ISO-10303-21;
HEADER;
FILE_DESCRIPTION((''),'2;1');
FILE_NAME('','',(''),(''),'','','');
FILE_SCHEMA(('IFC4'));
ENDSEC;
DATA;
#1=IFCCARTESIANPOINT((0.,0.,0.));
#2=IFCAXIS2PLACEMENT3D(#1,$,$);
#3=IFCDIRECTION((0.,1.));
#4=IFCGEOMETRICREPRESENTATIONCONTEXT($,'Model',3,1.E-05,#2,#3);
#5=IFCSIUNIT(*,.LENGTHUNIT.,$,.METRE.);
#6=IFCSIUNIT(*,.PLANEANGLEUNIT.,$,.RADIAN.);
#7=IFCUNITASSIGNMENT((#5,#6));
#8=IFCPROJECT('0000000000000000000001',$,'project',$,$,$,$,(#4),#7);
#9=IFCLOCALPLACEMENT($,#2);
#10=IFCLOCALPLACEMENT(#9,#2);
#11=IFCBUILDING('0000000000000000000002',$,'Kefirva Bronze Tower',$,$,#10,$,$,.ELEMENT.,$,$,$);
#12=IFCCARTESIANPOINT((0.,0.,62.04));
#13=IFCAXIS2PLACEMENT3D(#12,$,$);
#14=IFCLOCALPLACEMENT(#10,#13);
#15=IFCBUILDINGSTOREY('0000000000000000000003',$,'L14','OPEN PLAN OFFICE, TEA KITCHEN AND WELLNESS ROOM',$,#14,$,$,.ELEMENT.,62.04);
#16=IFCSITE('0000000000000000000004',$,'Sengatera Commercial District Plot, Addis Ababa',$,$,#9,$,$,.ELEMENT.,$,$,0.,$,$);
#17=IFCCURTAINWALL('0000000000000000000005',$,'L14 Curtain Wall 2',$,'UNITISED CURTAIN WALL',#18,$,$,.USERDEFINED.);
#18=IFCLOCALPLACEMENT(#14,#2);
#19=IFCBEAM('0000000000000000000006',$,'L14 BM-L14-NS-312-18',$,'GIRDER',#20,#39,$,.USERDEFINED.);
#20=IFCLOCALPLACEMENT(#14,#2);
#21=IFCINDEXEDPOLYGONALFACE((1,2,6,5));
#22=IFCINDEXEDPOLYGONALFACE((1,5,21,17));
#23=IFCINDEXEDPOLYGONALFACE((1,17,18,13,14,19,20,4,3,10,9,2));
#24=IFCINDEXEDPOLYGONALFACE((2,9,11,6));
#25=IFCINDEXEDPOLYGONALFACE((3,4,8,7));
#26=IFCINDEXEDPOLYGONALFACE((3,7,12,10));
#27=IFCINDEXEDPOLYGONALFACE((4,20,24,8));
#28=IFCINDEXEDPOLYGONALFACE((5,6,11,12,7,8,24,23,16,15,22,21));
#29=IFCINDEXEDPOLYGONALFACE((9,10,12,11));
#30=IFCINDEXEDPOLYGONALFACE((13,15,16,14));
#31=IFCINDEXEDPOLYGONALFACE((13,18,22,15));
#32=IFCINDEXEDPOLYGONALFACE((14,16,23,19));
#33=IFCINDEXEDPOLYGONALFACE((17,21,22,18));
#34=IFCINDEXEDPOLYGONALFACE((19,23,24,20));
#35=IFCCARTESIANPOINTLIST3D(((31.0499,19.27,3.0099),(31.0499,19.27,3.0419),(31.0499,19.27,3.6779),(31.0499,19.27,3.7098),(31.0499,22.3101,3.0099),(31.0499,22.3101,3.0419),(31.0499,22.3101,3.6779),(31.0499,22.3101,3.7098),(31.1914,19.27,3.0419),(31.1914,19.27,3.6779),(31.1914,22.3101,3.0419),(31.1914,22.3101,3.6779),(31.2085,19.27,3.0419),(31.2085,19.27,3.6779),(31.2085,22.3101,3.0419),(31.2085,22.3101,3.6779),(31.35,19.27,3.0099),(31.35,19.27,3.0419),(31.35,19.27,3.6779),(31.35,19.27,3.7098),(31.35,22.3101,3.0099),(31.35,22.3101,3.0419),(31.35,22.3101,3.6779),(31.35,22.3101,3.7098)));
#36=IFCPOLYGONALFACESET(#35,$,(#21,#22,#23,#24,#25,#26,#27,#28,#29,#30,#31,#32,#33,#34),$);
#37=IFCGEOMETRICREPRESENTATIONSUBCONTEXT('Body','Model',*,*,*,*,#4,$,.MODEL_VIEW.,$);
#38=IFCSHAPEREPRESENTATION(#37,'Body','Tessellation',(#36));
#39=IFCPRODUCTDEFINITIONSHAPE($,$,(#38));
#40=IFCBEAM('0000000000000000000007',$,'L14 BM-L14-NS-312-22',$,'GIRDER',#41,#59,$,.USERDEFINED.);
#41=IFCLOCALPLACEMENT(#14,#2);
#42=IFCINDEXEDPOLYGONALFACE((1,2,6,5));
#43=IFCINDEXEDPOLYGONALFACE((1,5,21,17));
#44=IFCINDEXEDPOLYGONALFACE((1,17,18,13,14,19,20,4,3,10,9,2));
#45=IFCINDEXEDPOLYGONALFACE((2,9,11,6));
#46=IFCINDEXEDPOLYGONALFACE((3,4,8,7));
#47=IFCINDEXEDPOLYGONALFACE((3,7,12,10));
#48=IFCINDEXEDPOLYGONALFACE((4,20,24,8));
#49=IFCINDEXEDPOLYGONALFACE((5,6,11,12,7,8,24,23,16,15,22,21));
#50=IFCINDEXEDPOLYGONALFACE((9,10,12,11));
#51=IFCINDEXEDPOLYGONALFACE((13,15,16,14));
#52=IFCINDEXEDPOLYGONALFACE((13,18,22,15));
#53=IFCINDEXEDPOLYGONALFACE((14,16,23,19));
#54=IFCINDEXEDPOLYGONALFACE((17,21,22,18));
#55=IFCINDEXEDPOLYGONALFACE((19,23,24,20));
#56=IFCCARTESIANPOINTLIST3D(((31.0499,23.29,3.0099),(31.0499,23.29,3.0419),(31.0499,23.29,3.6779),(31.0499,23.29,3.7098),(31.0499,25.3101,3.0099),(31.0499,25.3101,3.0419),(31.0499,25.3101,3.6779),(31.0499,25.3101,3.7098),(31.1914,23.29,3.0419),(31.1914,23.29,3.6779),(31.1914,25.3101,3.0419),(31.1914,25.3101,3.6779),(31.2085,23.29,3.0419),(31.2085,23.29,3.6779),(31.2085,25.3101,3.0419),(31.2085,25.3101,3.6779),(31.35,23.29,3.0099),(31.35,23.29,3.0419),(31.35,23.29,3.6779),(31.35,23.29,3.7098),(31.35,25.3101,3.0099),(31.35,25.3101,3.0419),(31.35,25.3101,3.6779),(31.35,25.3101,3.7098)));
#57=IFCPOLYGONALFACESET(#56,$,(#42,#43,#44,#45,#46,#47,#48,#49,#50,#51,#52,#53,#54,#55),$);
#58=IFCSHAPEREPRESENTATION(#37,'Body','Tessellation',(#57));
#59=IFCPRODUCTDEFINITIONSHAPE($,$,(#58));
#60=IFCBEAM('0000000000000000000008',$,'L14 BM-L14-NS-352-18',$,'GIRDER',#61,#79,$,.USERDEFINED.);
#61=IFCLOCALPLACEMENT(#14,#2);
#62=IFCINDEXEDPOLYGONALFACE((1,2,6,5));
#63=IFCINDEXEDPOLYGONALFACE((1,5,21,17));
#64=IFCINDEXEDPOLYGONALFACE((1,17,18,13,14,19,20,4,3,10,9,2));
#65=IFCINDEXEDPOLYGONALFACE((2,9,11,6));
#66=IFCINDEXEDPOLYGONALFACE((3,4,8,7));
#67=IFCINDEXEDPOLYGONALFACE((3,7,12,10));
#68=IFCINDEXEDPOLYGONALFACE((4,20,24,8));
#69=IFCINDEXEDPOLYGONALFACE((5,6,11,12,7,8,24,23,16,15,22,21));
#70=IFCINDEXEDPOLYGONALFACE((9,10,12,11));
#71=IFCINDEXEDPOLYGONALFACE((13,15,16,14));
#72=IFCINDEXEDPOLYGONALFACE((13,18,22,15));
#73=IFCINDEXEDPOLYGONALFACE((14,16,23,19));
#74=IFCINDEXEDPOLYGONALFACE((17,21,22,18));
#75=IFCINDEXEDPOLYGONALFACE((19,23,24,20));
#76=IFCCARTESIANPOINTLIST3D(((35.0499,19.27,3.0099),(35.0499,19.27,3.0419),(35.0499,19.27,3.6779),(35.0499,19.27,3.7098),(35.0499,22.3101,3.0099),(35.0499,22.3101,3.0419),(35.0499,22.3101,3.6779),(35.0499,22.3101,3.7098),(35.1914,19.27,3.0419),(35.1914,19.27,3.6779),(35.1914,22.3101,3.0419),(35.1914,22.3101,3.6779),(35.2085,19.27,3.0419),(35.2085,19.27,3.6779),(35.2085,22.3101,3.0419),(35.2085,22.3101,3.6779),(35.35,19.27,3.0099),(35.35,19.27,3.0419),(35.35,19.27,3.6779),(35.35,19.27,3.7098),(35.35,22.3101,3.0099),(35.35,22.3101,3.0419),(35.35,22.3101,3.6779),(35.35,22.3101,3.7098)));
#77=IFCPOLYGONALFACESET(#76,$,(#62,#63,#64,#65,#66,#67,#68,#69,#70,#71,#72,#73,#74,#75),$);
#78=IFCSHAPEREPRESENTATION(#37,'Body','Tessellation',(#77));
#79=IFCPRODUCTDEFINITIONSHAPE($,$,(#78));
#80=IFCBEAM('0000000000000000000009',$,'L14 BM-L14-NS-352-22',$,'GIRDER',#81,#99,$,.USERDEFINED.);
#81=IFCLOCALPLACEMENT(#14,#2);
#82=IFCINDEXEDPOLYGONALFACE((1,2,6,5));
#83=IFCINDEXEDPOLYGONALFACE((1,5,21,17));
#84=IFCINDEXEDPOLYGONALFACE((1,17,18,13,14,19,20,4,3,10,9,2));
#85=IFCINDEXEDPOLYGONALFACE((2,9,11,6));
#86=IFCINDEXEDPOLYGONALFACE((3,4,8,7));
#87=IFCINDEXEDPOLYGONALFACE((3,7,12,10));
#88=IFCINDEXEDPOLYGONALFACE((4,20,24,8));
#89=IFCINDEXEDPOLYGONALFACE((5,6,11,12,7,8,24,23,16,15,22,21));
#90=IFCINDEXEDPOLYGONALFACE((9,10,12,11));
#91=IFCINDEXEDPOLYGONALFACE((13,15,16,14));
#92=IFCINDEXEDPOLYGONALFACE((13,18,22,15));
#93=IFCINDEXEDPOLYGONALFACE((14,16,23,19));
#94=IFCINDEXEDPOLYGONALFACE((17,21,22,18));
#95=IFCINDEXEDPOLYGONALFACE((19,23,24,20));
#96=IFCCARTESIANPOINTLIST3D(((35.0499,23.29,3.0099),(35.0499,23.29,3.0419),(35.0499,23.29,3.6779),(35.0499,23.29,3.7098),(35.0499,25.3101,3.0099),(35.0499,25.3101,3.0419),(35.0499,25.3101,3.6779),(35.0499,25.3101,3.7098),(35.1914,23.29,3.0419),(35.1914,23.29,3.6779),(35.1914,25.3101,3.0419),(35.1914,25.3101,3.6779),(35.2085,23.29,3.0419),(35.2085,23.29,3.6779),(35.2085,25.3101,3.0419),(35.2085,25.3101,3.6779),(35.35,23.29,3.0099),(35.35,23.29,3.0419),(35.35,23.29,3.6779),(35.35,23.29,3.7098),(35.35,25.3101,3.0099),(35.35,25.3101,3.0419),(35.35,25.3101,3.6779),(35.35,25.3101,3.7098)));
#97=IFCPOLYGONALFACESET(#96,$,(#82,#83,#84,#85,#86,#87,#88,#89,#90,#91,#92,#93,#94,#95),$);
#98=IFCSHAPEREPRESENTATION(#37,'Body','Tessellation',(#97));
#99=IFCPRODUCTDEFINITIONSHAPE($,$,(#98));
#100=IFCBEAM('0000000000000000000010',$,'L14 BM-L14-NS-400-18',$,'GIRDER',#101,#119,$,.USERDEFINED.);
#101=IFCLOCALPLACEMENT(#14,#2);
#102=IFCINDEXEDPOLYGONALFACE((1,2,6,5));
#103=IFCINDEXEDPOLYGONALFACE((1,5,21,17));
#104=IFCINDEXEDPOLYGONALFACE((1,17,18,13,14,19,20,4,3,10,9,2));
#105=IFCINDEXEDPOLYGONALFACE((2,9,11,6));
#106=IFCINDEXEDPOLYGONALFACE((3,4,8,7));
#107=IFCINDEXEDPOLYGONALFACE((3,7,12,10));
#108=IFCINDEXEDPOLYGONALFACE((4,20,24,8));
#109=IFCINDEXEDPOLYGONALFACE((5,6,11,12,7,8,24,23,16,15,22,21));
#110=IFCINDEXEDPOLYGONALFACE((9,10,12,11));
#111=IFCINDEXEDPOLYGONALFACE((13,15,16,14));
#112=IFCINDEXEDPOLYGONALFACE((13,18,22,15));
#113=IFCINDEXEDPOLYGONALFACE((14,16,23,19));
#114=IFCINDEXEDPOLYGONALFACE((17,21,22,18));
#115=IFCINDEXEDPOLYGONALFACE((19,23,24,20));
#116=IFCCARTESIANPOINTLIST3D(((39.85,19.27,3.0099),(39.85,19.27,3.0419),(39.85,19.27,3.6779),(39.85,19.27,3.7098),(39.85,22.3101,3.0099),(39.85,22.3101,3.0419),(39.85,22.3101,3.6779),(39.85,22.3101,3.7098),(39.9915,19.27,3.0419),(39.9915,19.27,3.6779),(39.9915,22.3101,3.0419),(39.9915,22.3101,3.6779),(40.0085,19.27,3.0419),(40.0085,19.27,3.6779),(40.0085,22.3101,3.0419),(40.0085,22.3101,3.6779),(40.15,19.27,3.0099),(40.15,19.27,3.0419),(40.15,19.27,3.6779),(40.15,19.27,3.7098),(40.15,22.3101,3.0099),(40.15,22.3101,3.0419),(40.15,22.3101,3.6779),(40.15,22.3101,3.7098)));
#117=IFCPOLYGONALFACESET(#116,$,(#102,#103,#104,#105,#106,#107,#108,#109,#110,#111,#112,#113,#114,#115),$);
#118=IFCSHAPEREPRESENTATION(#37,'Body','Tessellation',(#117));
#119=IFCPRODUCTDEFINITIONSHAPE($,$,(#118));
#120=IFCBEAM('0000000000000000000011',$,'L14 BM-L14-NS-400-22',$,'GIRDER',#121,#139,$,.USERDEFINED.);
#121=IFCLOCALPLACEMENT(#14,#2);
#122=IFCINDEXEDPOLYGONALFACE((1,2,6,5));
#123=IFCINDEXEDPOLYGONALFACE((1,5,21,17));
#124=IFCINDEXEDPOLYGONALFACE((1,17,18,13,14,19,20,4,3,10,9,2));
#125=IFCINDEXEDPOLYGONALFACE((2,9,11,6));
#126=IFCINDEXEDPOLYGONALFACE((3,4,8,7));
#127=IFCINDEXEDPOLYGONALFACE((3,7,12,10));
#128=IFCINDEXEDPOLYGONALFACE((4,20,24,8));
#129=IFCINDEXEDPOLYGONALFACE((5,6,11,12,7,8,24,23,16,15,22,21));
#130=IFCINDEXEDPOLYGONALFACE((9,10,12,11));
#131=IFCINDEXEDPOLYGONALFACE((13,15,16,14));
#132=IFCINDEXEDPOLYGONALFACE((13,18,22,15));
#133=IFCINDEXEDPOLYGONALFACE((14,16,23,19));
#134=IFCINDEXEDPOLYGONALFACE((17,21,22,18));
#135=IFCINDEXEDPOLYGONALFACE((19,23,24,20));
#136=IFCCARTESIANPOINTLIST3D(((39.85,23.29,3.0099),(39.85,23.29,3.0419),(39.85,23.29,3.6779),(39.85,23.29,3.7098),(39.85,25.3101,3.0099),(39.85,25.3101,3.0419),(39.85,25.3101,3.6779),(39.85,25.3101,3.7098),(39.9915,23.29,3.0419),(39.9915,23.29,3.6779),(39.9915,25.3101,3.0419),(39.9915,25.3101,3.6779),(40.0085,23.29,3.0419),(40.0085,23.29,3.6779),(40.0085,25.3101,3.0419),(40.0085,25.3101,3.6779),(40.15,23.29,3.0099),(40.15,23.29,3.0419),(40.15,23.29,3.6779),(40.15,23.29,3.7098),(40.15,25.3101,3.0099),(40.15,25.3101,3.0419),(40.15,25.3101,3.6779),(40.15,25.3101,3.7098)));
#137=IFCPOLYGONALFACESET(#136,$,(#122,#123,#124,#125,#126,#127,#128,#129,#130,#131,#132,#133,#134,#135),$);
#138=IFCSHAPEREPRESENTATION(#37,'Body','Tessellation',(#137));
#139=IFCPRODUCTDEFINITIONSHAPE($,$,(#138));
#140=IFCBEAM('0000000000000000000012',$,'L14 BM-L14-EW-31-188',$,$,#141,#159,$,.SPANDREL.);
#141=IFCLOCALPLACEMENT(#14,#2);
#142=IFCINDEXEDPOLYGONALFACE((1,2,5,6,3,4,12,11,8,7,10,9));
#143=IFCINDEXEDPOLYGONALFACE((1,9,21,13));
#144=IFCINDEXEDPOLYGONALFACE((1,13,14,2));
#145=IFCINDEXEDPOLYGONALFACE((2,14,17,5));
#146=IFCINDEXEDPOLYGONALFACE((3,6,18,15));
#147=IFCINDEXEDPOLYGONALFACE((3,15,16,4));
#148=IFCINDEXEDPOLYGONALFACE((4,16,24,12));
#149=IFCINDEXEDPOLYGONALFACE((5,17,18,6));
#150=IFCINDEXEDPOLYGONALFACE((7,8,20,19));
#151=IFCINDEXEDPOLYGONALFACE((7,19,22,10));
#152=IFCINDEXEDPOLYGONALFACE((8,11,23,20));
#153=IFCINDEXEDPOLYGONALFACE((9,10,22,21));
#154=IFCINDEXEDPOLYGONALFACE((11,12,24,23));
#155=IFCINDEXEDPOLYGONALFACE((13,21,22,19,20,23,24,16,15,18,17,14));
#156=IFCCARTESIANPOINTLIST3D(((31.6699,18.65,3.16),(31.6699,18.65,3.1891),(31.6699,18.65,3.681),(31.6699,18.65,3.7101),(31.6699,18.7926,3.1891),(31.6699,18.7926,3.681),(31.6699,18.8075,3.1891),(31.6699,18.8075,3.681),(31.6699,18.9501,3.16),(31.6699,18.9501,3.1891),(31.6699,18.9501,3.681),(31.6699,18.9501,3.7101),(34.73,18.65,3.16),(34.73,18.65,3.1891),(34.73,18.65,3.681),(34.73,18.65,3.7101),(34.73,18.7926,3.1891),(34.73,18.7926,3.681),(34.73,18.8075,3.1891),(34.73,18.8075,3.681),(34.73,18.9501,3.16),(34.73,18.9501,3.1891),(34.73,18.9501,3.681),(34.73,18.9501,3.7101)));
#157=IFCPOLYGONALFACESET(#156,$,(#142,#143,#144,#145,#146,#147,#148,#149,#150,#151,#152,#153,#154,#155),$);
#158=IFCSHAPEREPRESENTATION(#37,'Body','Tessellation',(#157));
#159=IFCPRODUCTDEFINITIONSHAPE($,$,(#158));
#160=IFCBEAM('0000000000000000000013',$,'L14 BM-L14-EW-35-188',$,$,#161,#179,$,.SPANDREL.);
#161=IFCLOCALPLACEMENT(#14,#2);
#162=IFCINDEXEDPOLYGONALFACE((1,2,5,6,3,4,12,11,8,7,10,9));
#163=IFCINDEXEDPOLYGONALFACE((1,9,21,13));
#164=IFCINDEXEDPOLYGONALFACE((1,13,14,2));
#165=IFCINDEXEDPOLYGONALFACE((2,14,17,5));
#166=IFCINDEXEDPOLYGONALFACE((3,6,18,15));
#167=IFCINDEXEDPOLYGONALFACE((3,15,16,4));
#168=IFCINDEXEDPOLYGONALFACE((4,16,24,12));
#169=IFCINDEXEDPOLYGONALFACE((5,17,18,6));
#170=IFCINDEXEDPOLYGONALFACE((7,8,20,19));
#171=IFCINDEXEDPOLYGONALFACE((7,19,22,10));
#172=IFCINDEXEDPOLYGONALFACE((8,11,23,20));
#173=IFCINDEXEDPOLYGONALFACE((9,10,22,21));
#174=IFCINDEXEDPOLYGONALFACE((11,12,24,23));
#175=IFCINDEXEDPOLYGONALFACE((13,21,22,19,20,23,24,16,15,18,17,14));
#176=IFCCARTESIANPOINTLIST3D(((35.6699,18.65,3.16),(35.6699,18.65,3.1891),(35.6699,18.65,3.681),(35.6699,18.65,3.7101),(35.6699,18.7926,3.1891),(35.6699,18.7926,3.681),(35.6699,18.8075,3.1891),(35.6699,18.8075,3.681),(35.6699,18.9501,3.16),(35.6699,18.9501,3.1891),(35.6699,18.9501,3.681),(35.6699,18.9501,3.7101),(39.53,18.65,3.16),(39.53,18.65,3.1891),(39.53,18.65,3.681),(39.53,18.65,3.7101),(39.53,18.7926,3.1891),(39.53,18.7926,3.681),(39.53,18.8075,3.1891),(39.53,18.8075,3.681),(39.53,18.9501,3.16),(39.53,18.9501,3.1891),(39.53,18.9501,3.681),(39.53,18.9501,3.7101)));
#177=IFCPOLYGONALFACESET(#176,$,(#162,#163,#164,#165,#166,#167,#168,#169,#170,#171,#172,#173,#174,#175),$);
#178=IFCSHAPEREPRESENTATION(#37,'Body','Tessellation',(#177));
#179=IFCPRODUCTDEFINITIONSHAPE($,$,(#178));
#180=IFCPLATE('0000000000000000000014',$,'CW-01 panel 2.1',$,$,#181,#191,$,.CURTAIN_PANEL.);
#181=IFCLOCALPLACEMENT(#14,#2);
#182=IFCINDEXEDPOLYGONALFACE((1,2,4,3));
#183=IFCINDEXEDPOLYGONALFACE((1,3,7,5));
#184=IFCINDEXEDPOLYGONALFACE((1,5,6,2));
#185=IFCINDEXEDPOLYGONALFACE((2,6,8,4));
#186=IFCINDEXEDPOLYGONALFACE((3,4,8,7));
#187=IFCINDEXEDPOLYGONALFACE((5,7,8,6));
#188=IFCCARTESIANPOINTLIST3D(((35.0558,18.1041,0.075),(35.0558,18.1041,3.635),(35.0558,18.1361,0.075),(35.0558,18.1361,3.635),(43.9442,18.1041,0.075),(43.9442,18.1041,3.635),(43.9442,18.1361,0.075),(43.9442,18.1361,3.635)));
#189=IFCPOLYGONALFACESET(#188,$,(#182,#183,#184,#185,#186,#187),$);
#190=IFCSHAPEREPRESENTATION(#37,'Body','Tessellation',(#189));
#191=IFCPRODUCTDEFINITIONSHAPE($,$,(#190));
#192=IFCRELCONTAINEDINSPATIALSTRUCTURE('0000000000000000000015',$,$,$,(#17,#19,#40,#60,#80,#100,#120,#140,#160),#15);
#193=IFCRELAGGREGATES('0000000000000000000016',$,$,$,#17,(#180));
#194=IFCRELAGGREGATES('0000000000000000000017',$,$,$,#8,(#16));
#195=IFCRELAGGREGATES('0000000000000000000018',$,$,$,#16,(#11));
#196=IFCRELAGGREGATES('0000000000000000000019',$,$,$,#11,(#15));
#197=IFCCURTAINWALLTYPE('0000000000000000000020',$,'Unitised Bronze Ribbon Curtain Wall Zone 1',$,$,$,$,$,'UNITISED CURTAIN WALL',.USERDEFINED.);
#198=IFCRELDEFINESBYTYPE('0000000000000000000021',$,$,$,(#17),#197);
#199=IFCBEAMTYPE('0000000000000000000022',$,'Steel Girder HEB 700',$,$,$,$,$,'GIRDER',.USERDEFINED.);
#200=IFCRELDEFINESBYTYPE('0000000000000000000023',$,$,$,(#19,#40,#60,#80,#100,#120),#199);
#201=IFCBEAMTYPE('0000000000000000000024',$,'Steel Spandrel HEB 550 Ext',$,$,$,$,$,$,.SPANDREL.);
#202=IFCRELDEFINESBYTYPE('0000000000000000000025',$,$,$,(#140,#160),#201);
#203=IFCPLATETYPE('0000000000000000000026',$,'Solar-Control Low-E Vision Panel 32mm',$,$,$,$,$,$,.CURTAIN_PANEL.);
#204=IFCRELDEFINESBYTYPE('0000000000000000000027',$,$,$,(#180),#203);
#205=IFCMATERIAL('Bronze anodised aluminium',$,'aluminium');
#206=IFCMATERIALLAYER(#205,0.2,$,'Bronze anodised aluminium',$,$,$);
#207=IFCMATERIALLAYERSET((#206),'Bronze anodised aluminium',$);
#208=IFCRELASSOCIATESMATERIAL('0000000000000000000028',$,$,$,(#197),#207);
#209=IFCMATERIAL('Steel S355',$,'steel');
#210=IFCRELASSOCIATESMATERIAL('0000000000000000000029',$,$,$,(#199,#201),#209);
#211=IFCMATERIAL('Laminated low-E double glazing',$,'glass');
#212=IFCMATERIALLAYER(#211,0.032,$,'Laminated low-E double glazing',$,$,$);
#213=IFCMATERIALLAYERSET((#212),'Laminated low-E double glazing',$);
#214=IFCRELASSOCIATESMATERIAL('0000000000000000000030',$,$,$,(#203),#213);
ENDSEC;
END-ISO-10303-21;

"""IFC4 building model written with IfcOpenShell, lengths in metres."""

from ifc_helpers import new_model, si_unit, direction, frame, origin, origin_2d, place, context, subcontext, project, spatial, rectangle, i_section, extrude, material, layer, layer_set, material_profile, profile_set, type_object, element, aggregate, save


model = new_model("IFC4")

# Units and contexts
model_context = context("Model", 3, precision=1e-05, world=origin(), true_north=direction((0.0, 1.0)))
body_context = subcontext(model_context, "Body", "Model", "MODEL_VIEW")
ifc_project = project(units=[si_unit("LENGTHUNIT", "METRE"), si_unit("PLANEANGLEUNIT", "RADIAN")], contexts=[model_context])

# Site, building, storey
site_placement = place(None, origin())
site = spatial("IfcSite", under=ifc_project, at=site_placement, Name="Sengatera Commercial District Plot, Addis Ababa", CompositionType="ELEMENT", RefElevation=0.0)
building_placement = place(site_placement, origin())
building = spatial("IfcBuilding", under=site, at=building_placement, Name="Kefirva Bronze Tower", CompositionType="ELEMENT")
storey_placement = place(building_placement, frame((0.0, 0.0, 62.04)))
storey = spatial("IfcBuildingStorey", under=building, at=storey_placement, Name="L14", Description="OPEN PLAN OFFICE, TEA KITCHEN AND WELLNESS ROOM", CompositionType="ELEMENT", Elevation=62.04)

# Curtain wall
ifc_material_1 = material(Name="Bronze anodised aluminium", Category="aluminium")
ifc_layer_1 = layer(ifc_material_1, 0.2, Name="Bronze anodised aluminium")
ifc_layer_set_1 = layer_set([ifc_layer_1], Name="Bronze anodised aluminium")
curtain_wall_type = type_object("IfcCurtainWallType", Name="Unitised Bronze Ribbon Curtain Wall Zone 1", ElementType="UNITISED CURTAIN WALL", PredefinedType="USERDEFINED", material=ifc_layer_set_1)
curtain_wall_placement = place(storey_placement, origin())
curtain_wall = element("IfcCurtainWall", 1, at=curtain_wall_placement, inside=storey, type_object=curtain_wall_type, Name="L14 Curtain Wall 2", ObjectType="UNITISED CURTAIN WALL", PredefinedType="USERDEFINED")

# Beams
ifc_material_2 = material(Name="Steel S355", Category="steel")
ifc_material_profile_1 = material_profile(ifc_material_2, i_section(OverallWidth=0.3, OverallDepth=0.7, WebThickness=0.0171, FlangeThickness=0.032, at=origin_2d()), Name="HEB 700")
ifc_profile_set_1 = profile_set([ifc_material_profile_1], Name="Steel S355")
beam_type_1 = type_object("IfcBeamType", Name="Steel Girder HEB 700", ElementType="GIRDER", PredefinedType="USERDEFINED", material=ifc_profile_set_1)
beam_1_placement = place(storey_placement, frame((31.2, 19.27, 3.3599), z_axis=(0.0, 1.0, 0.0), x_axis=(-1.0, 0.0, 0.0)))
element("IfcBeam", 2, at=beam_1_placement, inside=storey, type_object=beam_type_1, Name="L14 BM-L14-NS-312-18", ObjectType="GIRDER", PredefinedType="USERDEFINED", context=body_context, shape_type="SweptSolid", body=[
    extrude(i_section(OverallWidth=0.3, OverallDepth=0.7, WebThickness=0.0171, FlangeThickness=0.032, at=origin_2d()), origin(), (0.0, 0.0, 1.0), 3.04),
])
beam_2_placement = place(storey_placement, frame((31.2, 23.29, 3.3599), z_axis=(0.0, 1.0, 0.0), x_axis=(-1.0, 0.0, 0.0)))
element("IfcBeam", 3, at=beam_2_placement, inside=storey, type_object=beam_type_1, Name="L14 BM-L14-NS-312-22", ObjectType="GIRDER", PredefinedType="USERDEFINED", context=body_context, shape_type="SweptSolid", body=[
    extrude(i_section(OverallWidth=0.3, OverallDepth=0.7, WebThickness=0.0171, FlangeThickness=0.032, at=origin_2d()), origin(), (0.0, 0.0, 1.0), 2.02),
])
beam_3_placement = place(storey_placement, frame((35.2, 19.27, 3.3599), z_axis=(0.0, 1.0, 0.0), x_axis=(-1.0, 0.0, 0.0)))
element("IfcBeam", 4, at=beam_3_placement, inside=storey, type_object=beam_type_1, Name="L14 BM-L14-NS-352-18", ObjectType="GIRDER", PredefinedType="USERDEFINED", context=body_context, shape_type="SweptSolid", body=[
    extrude(i_section(OverallWidth=0.3, OverallDepth=0.7, WebThickness=0.0171, FlangeThickness=0.032, at=origin_2d()), origin(), (0.0, 0.0, 1.0), 3.04),
])
beam_4_placement = place(storey_placement, frame((35.2, 23.29, 3.3599), z_axis=(0.0, 1.0, 0.0), x_axis=(-1.0, 0.0, 0.0)))
element("IfcBeam", 5, at=beam_4_placement, inside=storey, type_object=beam_type_1, Name="L14 BM-L14-NS-352-22", ObjectType="GIRDER", PredefinedType="USERDEFINED", context=body_context, shape_type="SweptSolid", body=[
    extrude(i_section(OverallWidth=0.3, OverallDepth=0.7, WebThickness=0.0171, FlangeThickness=0.032, at=origin_2d()), origin(), (0.0, 0.0, 1.0), 2.02),
])
beam_5_placement = place(storey_placement, frame((40.0, 19.27, 3.3599), z_axis=(0.0, 1.0, 0.0), x_axis=(-1.0, 0.0, 0.0)))
element("IfcBeam", 6, at=beam_5_placement, inside=storey, type_object=beam_type_1, Name="L14 BM-L14-NS-400-18", ObjectType="GIRDER", PredefinedType="USERDEFINED", context=body_context, shape_type="SweptSolid", body=[
    extrude(i_section(OverallWidth=0.3, OverallDepth=0.7, WebThickness=0.0171, FlangeThickness=0.032, at=origin_2d()), origin(), (0.0, 0.0, 1.0), 3.04),
])
beam_6_placement = place(storey_placement, frame((40.0, 23.29, 3.3599), z_axis=(0.0, 1.0, 0.0), x_axis=(-1.0, 0.0, 0.0)))
element("IfcBeam", 7, at=beam_6_placement, inside=storey, type_object=beam_type_1, Name="L14 BM-L14-NS-400-22", ObjectType="GIRDER", PredefinedType="USERDEFINED", context=body_context, shape_type="SweptSolid", body=[
    extrude(i_section(OverallWidth=0.3, OverallDepth=0.7, WebThickness=0.0171, FlangeThickness=0.032, at=origin_2d()), origin(), (0.0, 0.0, 1.0), 2.02),
])
ifc_material_profile_2 = material_profile(ifc_material_2, i_section(OverallWidth=0.3, OverallDepth=0.55, WebThickness=0.0149, FlangeThickness=0.0291, at=origin_2d()), Name="HEB 550")
ifc_profile_set_2 = profile_set([ifc_material_profile_2], Name="Steel S355")
beam_type_2 = type_object("IfcBeamType", Name="Steel Spandrel HEB 550 Ext", PredefinedType="SPANDREL", material=ifc_profile_set_2)
beam_7_placement = place(storey_placement, frame((31.6699, 18.8, 3.4351), z_axis=(1.0, 0.0, 0.0), x_axis=(0.0, 1.0, 0.0)))
element("IfcBeam", 8, at=beam_7_placement, inside=storey, type_object=beam_type_2, Name="L14 BM-L14-EW-31-188", PredefinedType="SPANDREL", context=body_context, shape_type="SweptSolid", body=[
    extrude(i_section(OverallWidth=0.3, OverallDepth=0.55, WebThickness=0.0149, FlangeThickness=0.0291, at=origin_2d()), origin(), (0.0, 0.0, 1.0), 3.0601),
])
beam_8_placement = place(storey_placement, frame((35.6699, 18.8, 3.4351), z_axis=(1.0, 0.0, 0.0), x_axis=(0.0, 1.0, 0.0)))
element("IfcBeam", 9, at=beam_8_placement, inside=storey, type_object=beam_type_2, Name="L14 BM-L14-EW-35-188", PredefinedType="SPANDREL", context=body_context, shape_type="SweptSolid", body=[
    extrude(i_section(OverallWidth=0.3, OverallDepth=0.55, WebThickness=0.0149, FlangeThickness=0.0291, at=origin_2d()), origin(), (0.0, 0.0, 1.0), 3.8601),
])

# Plate
ifc_material_3 = material(Name="Laminated low-E double glazing", Category="glass")
ifc_layer_2 = layer(ifc_material_3, 0.032, Name="Laminated low-E double glazing")
ifc_layer_set_2 = layer_set([ifc_layer_2], Name="Laminated low-E double glazing")
plate_type = type_object("IfcPlateType", Name="Solar-Control Low-E Vision Panel 32mm", PredefinedType="CURTAIN_PANEL", material=ifc_layer_set_2)
plate_placement = place(storey_placement, frame((39.5, 18.1201, 0.075), z_axis=(0.0, 0.0, 1.0), x_axis=(1.0, 0.0, 0.0)))
plate = element("IfcPlate", 10, at=plate_placement, type_object=plate_type, Name="CW-01 panel 2.1", PredefinedType="CURTAIN_PANEL", context=body_context, shape_type="SweptSolid", body=[
    extrude(rectangle(XDim=8.8884, YDim=0.032, at=origin_2d()), origin(), (0.0, 0.0, 1.0), 3.5601),
])
aggregate(curtain_wall, [plate])

save(model, "model.ifc")
